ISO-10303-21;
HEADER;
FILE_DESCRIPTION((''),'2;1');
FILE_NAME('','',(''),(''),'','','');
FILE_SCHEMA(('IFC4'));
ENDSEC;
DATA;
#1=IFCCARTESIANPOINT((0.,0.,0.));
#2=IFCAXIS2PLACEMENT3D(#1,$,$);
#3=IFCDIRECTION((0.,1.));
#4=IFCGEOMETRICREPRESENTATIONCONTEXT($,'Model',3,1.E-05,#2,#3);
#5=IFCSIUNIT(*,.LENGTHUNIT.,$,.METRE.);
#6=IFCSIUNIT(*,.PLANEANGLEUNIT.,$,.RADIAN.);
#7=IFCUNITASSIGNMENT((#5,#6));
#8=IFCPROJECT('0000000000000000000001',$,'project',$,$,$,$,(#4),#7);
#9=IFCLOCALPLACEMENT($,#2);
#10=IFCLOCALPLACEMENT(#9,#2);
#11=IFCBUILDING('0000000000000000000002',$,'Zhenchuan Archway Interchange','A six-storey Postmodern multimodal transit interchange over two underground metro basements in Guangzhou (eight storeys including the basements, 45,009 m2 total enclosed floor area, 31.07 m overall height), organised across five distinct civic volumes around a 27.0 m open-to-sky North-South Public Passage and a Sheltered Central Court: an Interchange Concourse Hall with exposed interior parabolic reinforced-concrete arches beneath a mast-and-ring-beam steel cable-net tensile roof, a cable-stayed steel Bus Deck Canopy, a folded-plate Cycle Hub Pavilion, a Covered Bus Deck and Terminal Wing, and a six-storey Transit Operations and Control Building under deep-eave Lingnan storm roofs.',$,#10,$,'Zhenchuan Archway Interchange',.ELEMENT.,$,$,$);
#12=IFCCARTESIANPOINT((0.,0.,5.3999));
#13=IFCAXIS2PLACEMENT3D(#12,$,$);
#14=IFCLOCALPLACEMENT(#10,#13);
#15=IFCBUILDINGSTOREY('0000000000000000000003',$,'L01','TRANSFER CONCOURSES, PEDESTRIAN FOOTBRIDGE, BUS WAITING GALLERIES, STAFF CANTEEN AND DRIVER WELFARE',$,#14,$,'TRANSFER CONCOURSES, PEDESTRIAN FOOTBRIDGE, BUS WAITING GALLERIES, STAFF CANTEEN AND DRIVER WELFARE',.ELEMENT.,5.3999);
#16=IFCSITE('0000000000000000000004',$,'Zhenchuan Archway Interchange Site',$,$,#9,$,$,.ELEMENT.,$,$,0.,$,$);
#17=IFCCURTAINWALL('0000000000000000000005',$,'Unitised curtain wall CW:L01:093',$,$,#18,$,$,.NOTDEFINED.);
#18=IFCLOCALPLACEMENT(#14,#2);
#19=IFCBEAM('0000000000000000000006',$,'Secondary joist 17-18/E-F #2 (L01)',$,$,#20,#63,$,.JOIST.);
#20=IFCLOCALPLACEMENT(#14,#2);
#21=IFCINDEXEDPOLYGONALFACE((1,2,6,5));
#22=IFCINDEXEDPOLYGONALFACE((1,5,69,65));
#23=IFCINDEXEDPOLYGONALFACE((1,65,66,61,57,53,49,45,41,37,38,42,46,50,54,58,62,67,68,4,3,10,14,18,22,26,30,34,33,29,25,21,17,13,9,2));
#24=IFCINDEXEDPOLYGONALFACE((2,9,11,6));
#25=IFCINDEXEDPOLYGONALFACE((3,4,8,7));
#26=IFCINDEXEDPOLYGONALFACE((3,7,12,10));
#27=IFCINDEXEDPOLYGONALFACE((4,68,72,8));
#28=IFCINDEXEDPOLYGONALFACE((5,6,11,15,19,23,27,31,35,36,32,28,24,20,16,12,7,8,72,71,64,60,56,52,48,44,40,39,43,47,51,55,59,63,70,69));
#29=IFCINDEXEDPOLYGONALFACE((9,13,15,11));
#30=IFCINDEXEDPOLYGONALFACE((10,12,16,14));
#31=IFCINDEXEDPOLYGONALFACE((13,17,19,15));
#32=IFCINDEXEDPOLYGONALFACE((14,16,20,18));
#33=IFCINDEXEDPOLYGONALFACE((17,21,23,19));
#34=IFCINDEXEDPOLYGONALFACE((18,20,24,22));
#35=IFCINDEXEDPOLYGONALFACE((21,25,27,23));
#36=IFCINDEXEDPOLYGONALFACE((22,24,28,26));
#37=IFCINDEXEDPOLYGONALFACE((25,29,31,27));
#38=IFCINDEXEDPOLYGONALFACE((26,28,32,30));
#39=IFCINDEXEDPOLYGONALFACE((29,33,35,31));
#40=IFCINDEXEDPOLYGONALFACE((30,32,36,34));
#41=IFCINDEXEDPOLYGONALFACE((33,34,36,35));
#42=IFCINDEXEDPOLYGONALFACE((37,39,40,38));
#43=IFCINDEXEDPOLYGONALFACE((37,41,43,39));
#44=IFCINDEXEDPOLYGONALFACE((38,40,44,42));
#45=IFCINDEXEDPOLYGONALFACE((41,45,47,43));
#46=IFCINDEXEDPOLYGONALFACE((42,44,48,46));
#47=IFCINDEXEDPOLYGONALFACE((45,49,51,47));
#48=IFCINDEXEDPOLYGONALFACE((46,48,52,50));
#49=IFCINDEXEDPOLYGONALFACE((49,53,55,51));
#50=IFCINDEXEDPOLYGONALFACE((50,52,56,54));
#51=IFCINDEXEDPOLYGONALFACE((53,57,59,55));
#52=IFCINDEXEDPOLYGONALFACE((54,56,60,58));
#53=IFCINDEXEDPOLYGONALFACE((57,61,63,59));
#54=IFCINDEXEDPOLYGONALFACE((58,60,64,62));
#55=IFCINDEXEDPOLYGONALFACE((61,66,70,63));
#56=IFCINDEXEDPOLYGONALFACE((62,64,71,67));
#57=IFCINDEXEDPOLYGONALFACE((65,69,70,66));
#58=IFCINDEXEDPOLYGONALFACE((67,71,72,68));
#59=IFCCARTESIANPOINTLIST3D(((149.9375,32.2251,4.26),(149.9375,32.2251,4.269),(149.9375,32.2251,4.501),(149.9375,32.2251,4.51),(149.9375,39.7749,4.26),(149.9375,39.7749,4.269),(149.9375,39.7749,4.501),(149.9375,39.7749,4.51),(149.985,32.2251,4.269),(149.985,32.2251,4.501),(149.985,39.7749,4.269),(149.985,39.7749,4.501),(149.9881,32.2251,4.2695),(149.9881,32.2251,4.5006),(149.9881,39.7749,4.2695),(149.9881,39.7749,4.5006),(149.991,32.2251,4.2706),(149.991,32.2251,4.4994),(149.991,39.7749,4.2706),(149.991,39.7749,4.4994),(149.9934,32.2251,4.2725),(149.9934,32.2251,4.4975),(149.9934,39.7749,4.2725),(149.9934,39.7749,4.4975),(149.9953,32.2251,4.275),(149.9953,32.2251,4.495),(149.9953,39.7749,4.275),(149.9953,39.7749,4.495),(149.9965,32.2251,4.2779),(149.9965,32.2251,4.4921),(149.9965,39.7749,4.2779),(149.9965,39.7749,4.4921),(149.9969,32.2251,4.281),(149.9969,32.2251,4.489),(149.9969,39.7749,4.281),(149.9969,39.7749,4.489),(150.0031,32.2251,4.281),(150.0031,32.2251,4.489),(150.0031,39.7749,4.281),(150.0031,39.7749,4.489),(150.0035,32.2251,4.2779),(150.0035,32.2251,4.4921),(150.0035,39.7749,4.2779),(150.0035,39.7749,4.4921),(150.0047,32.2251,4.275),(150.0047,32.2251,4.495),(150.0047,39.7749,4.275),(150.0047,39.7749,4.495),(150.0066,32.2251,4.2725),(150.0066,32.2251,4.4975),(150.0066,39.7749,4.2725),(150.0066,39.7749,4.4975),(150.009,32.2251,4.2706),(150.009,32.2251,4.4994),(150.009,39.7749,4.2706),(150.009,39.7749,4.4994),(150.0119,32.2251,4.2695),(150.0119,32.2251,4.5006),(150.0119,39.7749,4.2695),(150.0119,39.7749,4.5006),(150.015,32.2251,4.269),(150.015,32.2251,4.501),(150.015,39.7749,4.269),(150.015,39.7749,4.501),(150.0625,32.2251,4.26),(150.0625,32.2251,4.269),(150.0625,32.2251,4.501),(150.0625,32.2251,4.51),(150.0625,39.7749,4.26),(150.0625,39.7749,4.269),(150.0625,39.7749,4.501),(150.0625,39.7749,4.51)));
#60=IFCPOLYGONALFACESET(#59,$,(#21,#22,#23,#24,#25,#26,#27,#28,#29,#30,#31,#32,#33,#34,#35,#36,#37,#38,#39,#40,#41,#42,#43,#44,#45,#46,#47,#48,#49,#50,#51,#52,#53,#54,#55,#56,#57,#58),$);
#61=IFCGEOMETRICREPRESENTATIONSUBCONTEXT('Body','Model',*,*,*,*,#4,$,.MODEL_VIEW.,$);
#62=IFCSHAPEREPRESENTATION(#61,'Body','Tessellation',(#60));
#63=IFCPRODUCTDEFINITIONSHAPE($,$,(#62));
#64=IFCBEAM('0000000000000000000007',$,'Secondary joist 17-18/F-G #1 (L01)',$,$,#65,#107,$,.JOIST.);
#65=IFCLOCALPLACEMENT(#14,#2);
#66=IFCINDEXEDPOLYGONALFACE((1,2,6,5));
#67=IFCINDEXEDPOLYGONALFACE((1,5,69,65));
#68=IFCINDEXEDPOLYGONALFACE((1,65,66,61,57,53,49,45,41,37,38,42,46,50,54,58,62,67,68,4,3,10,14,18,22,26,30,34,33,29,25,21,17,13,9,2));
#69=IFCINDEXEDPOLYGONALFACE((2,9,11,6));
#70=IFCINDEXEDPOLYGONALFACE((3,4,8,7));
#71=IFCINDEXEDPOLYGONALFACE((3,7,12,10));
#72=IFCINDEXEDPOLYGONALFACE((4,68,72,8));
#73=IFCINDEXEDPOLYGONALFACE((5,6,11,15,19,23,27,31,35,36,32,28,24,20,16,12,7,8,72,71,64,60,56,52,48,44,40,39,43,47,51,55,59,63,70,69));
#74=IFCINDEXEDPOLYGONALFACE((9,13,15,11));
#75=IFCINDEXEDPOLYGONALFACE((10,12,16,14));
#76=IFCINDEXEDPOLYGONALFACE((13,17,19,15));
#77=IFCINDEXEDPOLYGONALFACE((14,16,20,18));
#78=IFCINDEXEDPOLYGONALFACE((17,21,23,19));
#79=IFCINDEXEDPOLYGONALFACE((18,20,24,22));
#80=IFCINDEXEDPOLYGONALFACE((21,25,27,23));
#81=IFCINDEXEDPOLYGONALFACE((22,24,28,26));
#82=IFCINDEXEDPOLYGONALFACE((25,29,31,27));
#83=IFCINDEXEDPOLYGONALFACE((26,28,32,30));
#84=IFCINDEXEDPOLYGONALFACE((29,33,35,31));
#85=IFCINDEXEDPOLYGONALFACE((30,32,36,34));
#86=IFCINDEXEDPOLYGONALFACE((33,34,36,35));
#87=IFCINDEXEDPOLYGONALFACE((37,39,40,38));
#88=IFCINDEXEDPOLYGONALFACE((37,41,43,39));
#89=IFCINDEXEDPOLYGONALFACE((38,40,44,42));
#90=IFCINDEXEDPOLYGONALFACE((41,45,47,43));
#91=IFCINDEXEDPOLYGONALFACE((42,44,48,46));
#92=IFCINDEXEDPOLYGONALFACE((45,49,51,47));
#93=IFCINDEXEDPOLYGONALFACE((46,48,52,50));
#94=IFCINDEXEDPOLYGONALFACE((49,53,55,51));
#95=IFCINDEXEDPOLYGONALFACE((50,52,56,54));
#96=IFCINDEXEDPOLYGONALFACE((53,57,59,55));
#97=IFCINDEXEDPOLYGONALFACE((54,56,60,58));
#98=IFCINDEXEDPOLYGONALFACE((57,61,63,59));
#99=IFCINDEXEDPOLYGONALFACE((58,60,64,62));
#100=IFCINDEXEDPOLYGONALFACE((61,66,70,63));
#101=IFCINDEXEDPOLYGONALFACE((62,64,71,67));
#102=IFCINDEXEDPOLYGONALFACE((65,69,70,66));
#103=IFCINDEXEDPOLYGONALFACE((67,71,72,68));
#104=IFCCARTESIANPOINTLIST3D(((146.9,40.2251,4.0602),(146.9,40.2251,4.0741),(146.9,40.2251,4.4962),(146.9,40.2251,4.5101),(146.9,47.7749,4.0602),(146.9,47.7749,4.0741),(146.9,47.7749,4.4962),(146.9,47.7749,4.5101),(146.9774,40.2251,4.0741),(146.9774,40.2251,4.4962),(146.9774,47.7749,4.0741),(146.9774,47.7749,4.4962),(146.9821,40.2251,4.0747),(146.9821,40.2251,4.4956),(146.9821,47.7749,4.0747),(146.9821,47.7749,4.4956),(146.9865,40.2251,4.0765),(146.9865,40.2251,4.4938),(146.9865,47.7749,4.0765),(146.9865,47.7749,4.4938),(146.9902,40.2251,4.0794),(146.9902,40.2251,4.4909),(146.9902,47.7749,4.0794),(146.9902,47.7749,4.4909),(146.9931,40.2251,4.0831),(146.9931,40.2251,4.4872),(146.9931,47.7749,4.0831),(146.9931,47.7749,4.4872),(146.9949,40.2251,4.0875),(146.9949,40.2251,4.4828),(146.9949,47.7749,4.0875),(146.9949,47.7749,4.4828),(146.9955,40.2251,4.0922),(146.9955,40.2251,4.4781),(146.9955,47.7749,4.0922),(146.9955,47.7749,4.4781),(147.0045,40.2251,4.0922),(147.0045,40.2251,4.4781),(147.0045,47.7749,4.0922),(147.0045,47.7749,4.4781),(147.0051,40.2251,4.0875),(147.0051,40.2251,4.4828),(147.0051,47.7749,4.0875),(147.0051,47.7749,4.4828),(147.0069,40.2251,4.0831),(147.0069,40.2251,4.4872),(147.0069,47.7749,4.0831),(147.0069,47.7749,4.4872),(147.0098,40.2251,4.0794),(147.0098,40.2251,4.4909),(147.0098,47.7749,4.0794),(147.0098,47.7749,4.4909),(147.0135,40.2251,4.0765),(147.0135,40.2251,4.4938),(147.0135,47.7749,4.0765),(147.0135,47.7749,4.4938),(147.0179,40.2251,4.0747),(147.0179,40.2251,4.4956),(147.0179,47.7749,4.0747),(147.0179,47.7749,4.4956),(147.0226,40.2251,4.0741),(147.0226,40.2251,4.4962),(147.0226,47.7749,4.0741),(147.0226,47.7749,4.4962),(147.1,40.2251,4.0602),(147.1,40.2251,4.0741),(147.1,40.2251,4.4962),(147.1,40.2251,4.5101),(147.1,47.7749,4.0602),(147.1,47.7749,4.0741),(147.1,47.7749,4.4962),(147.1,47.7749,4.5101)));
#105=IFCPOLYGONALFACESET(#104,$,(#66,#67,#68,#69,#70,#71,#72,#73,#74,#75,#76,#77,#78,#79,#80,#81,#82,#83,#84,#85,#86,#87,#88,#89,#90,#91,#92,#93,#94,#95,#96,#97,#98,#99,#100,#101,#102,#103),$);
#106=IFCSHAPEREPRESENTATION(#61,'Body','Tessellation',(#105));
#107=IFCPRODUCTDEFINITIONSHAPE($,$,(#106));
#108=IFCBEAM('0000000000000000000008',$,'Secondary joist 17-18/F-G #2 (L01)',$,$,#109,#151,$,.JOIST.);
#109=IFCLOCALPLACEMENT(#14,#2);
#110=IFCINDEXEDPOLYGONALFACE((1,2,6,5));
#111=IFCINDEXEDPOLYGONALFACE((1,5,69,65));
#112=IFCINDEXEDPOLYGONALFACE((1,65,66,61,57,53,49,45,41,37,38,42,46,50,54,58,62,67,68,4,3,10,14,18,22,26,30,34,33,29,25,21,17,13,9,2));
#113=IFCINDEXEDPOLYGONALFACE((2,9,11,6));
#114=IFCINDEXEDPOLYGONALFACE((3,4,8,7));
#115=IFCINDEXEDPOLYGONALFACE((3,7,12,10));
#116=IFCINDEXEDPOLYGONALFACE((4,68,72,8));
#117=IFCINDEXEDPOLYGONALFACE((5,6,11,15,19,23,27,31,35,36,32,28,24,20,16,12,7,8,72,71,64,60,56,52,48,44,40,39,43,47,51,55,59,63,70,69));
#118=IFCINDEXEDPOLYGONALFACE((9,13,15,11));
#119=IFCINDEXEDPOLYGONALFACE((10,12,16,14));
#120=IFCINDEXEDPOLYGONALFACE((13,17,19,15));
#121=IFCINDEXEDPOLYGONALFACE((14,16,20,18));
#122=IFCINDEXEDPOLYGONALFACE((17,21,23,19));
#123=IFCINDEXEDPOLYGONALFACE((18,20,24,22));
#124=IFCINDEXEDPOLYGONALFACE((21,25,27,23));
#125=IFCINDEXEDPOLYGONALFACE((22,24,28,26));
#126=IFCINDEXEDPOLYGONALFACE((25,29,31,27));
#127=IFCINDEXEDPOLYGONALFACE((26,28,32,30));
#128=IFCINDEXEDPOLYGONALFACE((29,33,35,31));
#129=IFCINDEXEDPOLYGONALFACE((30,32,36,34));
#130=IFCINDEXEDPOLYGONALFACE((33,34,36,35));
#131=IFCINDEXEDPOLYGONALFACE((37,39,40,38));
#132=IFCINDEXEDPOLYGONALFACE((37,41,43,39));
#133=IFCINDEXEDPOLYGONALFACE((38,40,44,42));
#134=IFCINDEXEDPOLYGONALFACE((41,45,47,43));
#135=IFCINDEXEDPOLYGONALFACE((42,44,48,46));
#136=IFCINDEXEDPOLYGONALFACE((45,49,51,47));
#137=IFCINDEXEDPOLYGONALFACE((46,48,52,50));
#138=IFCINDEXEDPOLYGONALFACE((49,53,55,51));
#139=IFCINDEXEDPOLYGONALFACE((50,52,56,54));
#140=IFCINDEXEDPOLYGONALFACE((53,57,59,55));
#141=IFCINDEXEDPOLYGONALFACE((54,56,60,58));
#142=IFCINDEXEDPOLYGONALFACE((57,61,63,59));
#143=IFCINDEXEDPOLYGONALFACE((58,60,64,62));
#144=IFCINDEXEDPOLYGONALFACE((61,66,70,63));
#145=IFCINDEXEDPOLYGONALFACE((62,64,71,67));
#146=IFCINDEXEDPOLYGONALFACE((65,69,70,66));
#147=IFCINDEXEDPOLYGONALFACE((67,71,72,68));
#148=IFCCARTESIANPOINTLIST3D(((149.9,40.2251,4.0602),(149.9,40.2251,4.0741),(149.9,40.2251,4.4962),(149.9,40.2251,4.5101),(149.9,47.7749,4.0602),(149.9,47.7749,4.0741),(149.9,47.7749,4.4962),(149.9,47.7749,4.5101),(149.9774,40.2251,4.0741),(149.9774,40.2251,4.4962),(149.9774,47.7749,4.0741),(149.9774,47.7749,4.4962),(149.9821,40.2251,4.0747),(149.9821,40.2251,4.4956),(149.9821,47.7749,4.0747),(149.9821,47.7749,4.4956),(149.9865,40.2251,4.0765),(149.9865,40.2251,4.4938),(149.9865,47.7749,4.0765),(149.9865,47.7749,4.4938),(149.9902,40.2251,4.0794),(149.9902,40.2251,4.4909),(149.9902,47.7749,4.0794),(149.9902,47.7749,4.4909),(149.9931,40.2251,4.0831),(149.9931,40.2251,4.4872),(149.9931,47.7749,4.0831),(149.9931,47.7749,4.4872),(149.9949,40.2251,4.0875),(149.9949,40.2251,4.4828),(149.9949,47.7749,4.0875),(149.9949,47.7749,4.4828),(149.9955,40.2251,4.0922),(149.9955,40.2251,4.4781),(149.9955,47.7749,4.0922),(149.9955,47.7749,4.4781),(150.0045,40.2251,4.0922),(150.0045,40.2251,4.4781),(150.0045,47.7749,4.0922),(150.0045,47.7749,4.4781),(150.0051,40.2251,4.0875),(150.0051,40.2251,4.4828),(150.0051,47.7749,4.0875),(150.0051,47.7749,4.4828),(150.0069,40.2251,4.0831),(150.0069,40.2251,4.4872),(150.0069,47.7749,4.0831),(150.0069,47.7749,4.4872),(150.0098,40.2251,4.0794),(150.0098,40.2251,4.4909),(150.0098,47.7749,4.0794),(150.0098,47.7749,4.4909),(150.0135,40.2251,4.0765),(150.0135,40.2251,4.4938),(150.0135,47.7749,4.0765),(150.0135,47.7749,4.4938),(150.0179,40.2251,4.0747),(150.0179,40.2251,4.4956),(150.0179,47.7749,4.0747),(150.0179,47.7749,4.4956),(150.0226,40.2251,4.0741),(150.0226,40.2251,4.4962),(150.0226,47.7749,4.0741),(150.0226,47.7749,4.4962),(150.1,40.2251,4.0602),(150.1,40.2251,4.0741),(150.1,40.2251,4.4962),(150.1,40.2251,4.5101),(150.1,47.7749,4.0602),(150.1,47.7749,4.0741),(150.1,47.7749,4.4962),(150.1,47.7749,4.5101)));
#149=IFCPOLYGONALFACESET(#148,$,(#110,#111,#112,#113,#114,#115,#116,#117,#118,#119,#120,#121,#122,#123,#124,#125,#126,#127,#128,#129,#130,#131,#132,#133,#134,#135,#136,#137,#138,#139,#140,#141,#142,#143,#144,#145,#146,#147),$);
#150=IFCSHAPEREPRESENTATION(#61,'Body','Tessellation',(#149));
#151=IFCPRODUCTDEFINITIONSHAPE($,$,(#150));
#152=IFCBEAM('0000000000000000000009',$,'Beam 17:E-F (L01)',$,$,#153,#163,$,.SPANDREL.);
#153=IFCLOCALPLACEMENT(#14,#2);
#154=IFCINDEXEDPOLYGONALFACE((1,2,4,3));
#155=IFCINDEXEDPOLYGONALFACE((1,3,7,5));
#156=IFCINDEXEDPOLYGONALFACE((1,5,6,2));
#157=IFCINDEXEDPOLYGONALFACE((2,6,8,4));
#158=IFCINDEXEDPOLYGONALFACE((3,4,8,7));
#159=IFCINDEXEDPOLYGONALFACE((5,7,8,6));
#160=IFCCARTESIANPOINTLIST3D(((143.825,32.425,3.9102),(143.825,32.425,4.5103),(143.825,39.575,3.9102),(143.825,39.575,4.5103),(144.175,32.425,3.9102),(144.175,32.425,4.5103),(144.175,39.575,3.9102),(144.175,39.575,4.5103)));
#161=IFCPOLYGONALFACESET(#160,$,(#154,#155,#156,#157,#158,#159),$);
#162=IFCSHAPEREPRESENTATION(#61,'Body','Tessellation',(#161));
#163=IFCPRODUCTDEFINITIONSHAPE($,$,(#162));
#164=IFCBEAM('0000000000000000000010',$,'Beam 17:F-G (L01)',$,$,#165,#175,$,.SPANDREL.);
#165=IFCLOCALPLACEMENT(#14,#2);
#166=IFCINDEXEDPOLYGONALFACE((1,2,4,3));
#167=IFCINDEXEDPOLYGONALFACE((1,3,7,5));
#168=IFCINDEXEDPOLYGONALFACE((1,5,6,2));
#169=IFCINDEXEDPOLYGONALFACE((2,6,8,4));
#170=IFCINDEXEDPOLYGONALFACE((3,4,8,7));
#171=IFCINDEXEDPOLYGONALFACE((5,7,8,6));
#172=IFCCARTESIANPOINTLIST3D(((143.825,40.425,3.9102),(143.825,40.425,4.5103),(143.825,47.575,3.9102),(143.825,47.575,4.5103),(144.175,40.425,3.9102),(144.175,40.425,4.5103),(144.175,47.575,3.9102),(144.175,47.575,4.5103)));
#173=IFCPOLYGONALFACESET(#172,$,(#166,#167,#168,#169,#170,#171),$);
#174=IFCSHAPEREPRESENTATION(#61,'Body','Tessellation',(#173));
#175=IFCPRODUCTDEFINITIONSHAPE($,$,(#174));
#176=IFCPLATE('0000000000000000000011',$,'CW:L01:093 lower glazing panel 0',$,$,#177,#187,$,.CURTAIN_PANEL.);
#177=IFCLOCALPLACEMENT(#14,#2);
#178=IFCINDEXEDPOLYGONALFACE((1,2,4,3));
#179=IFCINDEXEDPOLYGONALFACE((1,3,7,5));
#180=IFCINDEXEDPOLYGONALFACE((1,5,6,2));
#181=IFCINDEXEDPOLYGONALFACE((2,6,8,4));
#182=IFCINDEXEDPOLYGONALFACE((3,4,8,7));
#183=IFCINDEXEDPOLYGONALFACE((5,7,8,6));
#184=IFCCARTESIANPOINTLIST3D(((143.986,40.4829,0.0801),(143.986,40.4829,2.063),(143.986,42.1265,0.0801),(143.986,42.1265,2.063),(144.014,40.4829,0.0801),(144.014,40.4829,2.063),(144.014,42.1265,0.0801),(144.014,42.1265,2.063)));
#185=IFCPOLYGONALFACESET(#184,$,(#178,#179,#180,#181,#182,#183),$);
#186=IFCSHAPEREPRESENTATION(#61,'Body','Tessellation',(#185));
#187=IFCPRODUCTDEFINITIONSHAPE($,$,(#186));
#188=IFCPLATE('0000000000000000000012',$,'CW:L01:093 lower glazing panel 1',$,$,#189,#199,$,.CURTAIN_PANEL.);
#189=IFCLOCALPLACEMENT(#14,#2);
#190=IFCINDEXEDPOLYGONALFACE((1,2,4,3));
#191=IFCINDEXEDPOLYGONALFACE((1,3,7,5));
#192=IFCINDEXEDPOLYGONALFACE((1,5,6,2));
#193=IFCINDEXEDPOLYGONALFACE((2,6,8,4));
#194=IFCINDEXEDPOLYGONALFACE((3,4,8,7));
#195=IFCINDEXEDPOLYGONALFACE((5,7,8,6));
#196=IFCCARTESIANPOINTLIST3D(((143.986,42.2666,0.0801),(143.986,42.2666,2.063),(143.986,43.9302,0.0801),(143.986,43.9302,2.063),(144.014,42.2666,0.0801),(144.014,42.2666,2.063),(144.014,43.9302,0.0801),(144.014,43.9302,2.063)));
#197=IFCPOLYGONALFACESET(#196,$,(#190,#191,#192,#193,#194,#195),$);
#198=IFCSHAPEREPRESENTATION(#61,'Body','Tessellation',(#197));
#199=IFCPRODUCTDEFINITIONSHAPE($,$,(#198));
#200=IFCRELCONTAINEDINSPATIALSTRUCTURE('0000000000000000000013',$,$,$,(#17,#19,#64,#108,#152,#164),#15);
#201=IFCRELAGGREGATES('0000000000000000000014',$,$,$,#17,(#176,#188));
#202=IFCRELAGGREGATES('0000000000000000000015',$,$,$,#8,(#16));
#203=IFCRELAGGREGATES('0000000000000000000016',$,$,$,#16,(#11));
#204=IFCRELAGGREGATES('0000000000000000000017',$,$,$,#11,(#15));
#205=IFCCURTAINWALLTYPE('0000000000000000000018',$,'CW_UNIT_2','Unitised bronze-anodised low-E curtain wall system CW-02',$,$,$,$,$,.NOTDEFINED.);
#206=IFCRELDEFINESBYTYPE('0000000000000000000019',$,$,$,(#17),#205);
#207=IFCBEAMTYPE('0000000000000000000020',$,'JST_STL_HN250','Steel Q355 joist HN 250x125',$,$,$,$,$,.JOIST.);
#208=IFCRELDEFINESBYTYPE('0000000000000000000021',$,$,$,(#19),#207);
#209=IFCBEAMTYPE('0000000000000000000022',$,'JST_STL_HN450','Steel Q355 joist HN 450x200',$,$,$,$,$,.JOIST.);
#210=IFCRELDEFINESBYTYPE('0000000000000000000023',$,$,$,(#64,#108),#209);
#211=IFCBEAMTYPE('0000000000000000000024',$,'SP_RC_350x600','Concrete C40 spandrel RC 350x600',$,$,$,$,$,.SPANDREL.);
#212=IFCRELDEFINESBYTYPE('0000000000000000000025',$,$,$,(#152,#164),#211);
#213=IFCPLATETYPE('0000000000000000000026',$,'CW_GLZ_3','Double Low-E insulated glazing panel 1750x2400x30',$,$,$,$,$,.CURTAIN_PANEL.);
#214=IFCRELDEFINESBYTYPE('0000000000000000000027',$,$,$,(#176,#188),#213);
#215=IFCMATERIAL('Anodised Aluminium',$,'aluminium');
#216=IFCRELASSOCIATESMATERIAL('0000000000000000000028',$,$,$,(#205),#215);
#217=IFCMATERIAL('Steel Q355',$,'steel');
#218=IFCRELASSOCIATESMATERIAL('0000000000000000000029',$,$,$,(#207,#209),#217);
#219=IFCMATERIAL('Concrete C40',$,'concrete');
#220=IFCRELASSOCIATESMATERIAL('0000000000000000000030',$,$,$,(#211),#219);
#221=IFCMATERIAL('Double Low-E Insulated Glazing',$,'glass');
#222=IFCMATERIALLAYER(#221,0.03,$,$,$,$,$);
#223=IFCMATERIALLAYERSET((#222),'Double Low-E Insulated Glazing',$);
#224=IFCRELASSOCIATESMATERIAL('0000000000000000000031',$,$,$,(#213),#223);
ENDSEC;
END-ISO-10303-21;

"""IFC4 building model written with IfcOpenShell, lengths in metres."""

from ifc_helpers import new_model, si_unit, direction, frame, origin, origin_2d, place, context, subcontext, project, spatial, rectangle, i_section, extrude, material, layer, layer_set, material_profile, profile_set, type_object, element, aggregate, save


model = new_model("IFC4")

# Units and contexts
model_context = context("Model", 3, precision=1e-05, world=origin(), true_north=direction((0.0, 1.0)))
body_context = subcontext(model_context, "Body", "Model", "MODEL_VIEW")
ifc_project = project(units=[si_unit("LENGTHUNIT", "METRE"), si_unit("PLANEANGLEUNIT", "RADIAN")], contexts=[model_context])

# Site, building, storey
site_placement = place(None, origin())
site = spatial("IfcSite", under=ifc_project, at=site_placement, Name="Zhenchuan Archway Interchange Site", CompositionType="ELEMENT", RefElevation=0.0)
building_placement = place(site_placement, origin())
building = spatial("IfcBuilding", under=site, at=building_placement, Name="Zhenchuan Archway Interchange", Description="A six-storey Postmodern multimodal transit interchange over two underground metro basements in Guangzhou (eight storeys including the basements, 45,009 m2 total enclosed floor area, 31.07 m overall height), organised across five distinct civic volumes around a 27.0 m open-to-sky North-South Public Passage and a Sheltered Central Court: an Interchange Concourse Hall with exposed interior parabolic reinforced-concrete arches beneath a mast-and-ring-beam steel cable-net tensile roof, a cable-stayed steel Bus Deck Canopy, a folded-plate Cycle Hub Pavilion, a Covered Bus Deck and Terminal Wing, and a six-storey Transit Operations and Control Building under deep-eave Lingnan storm roofs.", LongName="Zhenchuan Archway Interchange", CompositionType="ELEMENT")
storey_placement = place(building_placement, frame((0.0, 0.0, 5.3999)))
storey = spatial("IfcBuildingStorey", under=building, at=storey_placement, Name="L01", Description="TRANSFER CONCOURSES, PEDESTRIAN FOOTBRIDGE, BUS WAITING GALLERIES, STAFF CANTEEN AND DRIVER WELFARE", LongName="TRANSFER CONCOURSES, PEDESTRIAN FOOTBRIDGE, BUS WAITING GALLERIES, STAFF CANTEEN AND DRIVER WELFARE", CompositionType="ELEMENT", Elevation=5.3999)

# Shared definitions
ifc_material_1 = material(Name="Concrete C40", Category="concrete")

# Curtain wall
ifc_material_2 = material(Name="Anodised Aluminium", Category="aluminium")
curtain_wall_type = type_object("IfcCurtainWallType", Name="CW_UNIT_2", Description="Unitised bronze-anodised low-E curtain wall system CW-02", PredefinedType="NOTDEFINED", material=ifc_material_2)
curtain_wall_placement = place(storey_placement, origin())
curtain_wall = element("IfcCurtainWall", 1, at=curtain_wall_placement, inside=storey, type_object=curtain_wall_type, Name="Unitised curtain wall CW:L01:093", PredefinedType="NOTDEFINED")

# Beams
ifc_material_3 = material(Name="Steel Q355", Category="steel")
ifc_material_profile_1 = material_profile(ifc_material_3, i_section(OverallWidth=0.125, OverallDepth=0.25, WebThickness=0.0061, FlangeThickness=0.009, FilletRadius=0.012, at=origin_2d()), Name="HN 250x125")
ifc_profile_set_1 = profile_set([ifc_material_profile_1], Name="Steel Q355")
beam_type_1 = type_object("IfcBeamType", Name="JST_STL_HN250", Description="Steel Q355 joist HN 250x125", PredefinedType="JOIST", material=ifc_profile_set_1)
for number, where, z_axis, x_axis, name in (
    (2, (150.0, 32.2251, 4.385), (0.0, 1.0, 0.0), (-1.0, 0.0, 0.0), "Secondary joist 17-18/E-F #2 (L01)"),
):
    element("IfcBeam", number, at=place(storey_placement, frame(where, z_axis=z_axis, x_axis=x_axis)), inside=storey, type_object=beam_type_1, Name=name, PredefinedType="JOIST", context=body_context, shape_type="SweptSolid", body=[
        extrude(i_section(OverallWidth=0.125, OverallDepth=0.25, WebThickness=0.0061, FlangeThickness=0.009, FilletRadius=0.012, at=origin_2d()), origin(), (0.0, 0.0, 1.0), 7.5498),
    ])
ifc_material_profile_2 = material_profile(ifc_material_3, i_section(OverallWidth=0.2, OverallDepth=0.45, WebThickness=0.009, FlangeThickness=0.0139, FilletRadius=0.0181, at=origin_2d()), Name="HN 450x200")
ifc_profile_set_2 = profile_set([ifc_material_profile_2], Name="Steel Q355")
beam_type_2 = type_object("IfcBeamType", Name="JST_STL_HN450", Description="Steel Q355 joist HN 450x200", PredefinedType="JOIST", material=ifc_profile_set_2)
for number, where, z_axis, x_axis, name in (
    (3, (147.0, 40.2251, 4.2852), (0.0, 1.0, 0.0), (-1.0, 0.0, 0.0), "Secondary joist 17-18/F-G #1 (L01)"),
    (4, (150.0, 40.2251, 4.2852), (0.0, 1.0, 0.0), (-1.0, 0.0, 0.0), "Secondary joist 17-18/F-G #2 (L01)"),
):
    element("IfcBeam", number, at=place(storey_placement, frame(where, z_axis=z_axis, x_axis=x_axis)), inside=storey, type_object=beam_type_2, Name=name, PredefinedType="JOIST", context=body_context, shape_type="SweptSolid", body=[
        extrude(i_section(OverallWidth=0.2, OverallDepth=0.45, WebThickness=0.009, FlangeThickness=0.0139, FilletRadius=0.0181, at=origin_2d()), origin(), (0.0, 0.0, 1.0), 7.5498),
    ])
ifc_material_profile_3 = material_profile(ifc_material_1, rectangle(XDim=0.3501, YDim=0.6001, at=origin_2d()), Name="RC 350x600")
ifc_profile_set_3 = profile_set([ifc_material_profile_3], Name="Concrete C40")
beam_type_3 = type_object("IfcBeamType", Name="SP_RC_350x600", Description="Concrete C40 spandrel RC 350x600", PredefinedType="SPANDREL", material=ifc_profile_set_3)
for number, where, z_axis, x_axis, name in (
    (5, (144.0, 32.425, 4.2102), (0.0, 1.0, 0.0), (-1.0, 0.0, 0.0), "Beam 17:E-F (L01)"),
    (6, (144.0, 40.425, 4.2102), (0.0, 1.0, 0.0), (-1.0, 0.0, 0.0), "Beam 17:F-G (L01)"),
):
    element("IfcBeam", number, at=place(storey_placement, frame(where, z_axis=z_axis, x_axis=x_axis)), inside=storey, type_object=beam_type_3, Name=name, PredefinedType="SPANDREL", context=body_context, shape_type="SweptSolid", body=[
        extrude(rectangle(XDim=0.3501, YDim=0.6001, at=origin_2d()), origin(), (0.0, 0.0, 1.0), 7.1499),
    ])

# Plates
ifc_material_4 = material(Name="Double Low-E Insulated Glazing", Category="glass")
ifc_layer_1 = layer(ifc_material_4, 0.03)
ifc_layer_set_1 = layer_set([ifc_layer_1], Name="Double Low-E Insulated Glazing")
plate_type_1 = type_object("IfcPlateType", Name="CW_GLZ_3", Description="Double Low-E insulated glazing panel 1750x2400x30", PredefinedType="CURTAIN_PANEL", material=ifc_layer_set_1)
plate_1_placement = place(storey_placement, frame((144.0, 41.3047, 0.0801), z_axis=(0.0, 0.0, 1.0), x_axis=(0.0, 1.0, 0.0)))
plate_1 = element("IfcPlate", 7, at=plate_1_placement, type_object=plate_type_1, Name="CW:L01:093 lower glazing panel 0", PredefinedType="CURTAIN_PANEL", context=body_context, shape_type="SweptSolid", body=[
    extrude(rectangle(XDim=1.6436, YDim=0.0281, at=origin_2d()), origin(), (0.0, 0.0, 1.0), 1.9829),
])
plate_2_placement = place(storey_placement, frame((144.0, 43.0984, 0.0801), z_axis=(0.0, 0.0, 1.0), x_axis=(0.0, 1.0, 0.0)))
plate_2 = element("IfcPlate", 8, at=plate_2_placement, type_object=plate_type_1, Name="CW:L01:093 lower glazing panel 1", PredefinedType="CURTAIN_PANEL", context=body_context, shape_type="SweptSolid", body=[
    extrude(rectangle(XDim=1.6636, YDim=0.0281, at=origin_2d()), origin(), (0.0, 0.0, 1.0), 1.9829),
])
aggregate(curtain_wall, [plate_1, plate_2])

save(model, "model.ifc")
